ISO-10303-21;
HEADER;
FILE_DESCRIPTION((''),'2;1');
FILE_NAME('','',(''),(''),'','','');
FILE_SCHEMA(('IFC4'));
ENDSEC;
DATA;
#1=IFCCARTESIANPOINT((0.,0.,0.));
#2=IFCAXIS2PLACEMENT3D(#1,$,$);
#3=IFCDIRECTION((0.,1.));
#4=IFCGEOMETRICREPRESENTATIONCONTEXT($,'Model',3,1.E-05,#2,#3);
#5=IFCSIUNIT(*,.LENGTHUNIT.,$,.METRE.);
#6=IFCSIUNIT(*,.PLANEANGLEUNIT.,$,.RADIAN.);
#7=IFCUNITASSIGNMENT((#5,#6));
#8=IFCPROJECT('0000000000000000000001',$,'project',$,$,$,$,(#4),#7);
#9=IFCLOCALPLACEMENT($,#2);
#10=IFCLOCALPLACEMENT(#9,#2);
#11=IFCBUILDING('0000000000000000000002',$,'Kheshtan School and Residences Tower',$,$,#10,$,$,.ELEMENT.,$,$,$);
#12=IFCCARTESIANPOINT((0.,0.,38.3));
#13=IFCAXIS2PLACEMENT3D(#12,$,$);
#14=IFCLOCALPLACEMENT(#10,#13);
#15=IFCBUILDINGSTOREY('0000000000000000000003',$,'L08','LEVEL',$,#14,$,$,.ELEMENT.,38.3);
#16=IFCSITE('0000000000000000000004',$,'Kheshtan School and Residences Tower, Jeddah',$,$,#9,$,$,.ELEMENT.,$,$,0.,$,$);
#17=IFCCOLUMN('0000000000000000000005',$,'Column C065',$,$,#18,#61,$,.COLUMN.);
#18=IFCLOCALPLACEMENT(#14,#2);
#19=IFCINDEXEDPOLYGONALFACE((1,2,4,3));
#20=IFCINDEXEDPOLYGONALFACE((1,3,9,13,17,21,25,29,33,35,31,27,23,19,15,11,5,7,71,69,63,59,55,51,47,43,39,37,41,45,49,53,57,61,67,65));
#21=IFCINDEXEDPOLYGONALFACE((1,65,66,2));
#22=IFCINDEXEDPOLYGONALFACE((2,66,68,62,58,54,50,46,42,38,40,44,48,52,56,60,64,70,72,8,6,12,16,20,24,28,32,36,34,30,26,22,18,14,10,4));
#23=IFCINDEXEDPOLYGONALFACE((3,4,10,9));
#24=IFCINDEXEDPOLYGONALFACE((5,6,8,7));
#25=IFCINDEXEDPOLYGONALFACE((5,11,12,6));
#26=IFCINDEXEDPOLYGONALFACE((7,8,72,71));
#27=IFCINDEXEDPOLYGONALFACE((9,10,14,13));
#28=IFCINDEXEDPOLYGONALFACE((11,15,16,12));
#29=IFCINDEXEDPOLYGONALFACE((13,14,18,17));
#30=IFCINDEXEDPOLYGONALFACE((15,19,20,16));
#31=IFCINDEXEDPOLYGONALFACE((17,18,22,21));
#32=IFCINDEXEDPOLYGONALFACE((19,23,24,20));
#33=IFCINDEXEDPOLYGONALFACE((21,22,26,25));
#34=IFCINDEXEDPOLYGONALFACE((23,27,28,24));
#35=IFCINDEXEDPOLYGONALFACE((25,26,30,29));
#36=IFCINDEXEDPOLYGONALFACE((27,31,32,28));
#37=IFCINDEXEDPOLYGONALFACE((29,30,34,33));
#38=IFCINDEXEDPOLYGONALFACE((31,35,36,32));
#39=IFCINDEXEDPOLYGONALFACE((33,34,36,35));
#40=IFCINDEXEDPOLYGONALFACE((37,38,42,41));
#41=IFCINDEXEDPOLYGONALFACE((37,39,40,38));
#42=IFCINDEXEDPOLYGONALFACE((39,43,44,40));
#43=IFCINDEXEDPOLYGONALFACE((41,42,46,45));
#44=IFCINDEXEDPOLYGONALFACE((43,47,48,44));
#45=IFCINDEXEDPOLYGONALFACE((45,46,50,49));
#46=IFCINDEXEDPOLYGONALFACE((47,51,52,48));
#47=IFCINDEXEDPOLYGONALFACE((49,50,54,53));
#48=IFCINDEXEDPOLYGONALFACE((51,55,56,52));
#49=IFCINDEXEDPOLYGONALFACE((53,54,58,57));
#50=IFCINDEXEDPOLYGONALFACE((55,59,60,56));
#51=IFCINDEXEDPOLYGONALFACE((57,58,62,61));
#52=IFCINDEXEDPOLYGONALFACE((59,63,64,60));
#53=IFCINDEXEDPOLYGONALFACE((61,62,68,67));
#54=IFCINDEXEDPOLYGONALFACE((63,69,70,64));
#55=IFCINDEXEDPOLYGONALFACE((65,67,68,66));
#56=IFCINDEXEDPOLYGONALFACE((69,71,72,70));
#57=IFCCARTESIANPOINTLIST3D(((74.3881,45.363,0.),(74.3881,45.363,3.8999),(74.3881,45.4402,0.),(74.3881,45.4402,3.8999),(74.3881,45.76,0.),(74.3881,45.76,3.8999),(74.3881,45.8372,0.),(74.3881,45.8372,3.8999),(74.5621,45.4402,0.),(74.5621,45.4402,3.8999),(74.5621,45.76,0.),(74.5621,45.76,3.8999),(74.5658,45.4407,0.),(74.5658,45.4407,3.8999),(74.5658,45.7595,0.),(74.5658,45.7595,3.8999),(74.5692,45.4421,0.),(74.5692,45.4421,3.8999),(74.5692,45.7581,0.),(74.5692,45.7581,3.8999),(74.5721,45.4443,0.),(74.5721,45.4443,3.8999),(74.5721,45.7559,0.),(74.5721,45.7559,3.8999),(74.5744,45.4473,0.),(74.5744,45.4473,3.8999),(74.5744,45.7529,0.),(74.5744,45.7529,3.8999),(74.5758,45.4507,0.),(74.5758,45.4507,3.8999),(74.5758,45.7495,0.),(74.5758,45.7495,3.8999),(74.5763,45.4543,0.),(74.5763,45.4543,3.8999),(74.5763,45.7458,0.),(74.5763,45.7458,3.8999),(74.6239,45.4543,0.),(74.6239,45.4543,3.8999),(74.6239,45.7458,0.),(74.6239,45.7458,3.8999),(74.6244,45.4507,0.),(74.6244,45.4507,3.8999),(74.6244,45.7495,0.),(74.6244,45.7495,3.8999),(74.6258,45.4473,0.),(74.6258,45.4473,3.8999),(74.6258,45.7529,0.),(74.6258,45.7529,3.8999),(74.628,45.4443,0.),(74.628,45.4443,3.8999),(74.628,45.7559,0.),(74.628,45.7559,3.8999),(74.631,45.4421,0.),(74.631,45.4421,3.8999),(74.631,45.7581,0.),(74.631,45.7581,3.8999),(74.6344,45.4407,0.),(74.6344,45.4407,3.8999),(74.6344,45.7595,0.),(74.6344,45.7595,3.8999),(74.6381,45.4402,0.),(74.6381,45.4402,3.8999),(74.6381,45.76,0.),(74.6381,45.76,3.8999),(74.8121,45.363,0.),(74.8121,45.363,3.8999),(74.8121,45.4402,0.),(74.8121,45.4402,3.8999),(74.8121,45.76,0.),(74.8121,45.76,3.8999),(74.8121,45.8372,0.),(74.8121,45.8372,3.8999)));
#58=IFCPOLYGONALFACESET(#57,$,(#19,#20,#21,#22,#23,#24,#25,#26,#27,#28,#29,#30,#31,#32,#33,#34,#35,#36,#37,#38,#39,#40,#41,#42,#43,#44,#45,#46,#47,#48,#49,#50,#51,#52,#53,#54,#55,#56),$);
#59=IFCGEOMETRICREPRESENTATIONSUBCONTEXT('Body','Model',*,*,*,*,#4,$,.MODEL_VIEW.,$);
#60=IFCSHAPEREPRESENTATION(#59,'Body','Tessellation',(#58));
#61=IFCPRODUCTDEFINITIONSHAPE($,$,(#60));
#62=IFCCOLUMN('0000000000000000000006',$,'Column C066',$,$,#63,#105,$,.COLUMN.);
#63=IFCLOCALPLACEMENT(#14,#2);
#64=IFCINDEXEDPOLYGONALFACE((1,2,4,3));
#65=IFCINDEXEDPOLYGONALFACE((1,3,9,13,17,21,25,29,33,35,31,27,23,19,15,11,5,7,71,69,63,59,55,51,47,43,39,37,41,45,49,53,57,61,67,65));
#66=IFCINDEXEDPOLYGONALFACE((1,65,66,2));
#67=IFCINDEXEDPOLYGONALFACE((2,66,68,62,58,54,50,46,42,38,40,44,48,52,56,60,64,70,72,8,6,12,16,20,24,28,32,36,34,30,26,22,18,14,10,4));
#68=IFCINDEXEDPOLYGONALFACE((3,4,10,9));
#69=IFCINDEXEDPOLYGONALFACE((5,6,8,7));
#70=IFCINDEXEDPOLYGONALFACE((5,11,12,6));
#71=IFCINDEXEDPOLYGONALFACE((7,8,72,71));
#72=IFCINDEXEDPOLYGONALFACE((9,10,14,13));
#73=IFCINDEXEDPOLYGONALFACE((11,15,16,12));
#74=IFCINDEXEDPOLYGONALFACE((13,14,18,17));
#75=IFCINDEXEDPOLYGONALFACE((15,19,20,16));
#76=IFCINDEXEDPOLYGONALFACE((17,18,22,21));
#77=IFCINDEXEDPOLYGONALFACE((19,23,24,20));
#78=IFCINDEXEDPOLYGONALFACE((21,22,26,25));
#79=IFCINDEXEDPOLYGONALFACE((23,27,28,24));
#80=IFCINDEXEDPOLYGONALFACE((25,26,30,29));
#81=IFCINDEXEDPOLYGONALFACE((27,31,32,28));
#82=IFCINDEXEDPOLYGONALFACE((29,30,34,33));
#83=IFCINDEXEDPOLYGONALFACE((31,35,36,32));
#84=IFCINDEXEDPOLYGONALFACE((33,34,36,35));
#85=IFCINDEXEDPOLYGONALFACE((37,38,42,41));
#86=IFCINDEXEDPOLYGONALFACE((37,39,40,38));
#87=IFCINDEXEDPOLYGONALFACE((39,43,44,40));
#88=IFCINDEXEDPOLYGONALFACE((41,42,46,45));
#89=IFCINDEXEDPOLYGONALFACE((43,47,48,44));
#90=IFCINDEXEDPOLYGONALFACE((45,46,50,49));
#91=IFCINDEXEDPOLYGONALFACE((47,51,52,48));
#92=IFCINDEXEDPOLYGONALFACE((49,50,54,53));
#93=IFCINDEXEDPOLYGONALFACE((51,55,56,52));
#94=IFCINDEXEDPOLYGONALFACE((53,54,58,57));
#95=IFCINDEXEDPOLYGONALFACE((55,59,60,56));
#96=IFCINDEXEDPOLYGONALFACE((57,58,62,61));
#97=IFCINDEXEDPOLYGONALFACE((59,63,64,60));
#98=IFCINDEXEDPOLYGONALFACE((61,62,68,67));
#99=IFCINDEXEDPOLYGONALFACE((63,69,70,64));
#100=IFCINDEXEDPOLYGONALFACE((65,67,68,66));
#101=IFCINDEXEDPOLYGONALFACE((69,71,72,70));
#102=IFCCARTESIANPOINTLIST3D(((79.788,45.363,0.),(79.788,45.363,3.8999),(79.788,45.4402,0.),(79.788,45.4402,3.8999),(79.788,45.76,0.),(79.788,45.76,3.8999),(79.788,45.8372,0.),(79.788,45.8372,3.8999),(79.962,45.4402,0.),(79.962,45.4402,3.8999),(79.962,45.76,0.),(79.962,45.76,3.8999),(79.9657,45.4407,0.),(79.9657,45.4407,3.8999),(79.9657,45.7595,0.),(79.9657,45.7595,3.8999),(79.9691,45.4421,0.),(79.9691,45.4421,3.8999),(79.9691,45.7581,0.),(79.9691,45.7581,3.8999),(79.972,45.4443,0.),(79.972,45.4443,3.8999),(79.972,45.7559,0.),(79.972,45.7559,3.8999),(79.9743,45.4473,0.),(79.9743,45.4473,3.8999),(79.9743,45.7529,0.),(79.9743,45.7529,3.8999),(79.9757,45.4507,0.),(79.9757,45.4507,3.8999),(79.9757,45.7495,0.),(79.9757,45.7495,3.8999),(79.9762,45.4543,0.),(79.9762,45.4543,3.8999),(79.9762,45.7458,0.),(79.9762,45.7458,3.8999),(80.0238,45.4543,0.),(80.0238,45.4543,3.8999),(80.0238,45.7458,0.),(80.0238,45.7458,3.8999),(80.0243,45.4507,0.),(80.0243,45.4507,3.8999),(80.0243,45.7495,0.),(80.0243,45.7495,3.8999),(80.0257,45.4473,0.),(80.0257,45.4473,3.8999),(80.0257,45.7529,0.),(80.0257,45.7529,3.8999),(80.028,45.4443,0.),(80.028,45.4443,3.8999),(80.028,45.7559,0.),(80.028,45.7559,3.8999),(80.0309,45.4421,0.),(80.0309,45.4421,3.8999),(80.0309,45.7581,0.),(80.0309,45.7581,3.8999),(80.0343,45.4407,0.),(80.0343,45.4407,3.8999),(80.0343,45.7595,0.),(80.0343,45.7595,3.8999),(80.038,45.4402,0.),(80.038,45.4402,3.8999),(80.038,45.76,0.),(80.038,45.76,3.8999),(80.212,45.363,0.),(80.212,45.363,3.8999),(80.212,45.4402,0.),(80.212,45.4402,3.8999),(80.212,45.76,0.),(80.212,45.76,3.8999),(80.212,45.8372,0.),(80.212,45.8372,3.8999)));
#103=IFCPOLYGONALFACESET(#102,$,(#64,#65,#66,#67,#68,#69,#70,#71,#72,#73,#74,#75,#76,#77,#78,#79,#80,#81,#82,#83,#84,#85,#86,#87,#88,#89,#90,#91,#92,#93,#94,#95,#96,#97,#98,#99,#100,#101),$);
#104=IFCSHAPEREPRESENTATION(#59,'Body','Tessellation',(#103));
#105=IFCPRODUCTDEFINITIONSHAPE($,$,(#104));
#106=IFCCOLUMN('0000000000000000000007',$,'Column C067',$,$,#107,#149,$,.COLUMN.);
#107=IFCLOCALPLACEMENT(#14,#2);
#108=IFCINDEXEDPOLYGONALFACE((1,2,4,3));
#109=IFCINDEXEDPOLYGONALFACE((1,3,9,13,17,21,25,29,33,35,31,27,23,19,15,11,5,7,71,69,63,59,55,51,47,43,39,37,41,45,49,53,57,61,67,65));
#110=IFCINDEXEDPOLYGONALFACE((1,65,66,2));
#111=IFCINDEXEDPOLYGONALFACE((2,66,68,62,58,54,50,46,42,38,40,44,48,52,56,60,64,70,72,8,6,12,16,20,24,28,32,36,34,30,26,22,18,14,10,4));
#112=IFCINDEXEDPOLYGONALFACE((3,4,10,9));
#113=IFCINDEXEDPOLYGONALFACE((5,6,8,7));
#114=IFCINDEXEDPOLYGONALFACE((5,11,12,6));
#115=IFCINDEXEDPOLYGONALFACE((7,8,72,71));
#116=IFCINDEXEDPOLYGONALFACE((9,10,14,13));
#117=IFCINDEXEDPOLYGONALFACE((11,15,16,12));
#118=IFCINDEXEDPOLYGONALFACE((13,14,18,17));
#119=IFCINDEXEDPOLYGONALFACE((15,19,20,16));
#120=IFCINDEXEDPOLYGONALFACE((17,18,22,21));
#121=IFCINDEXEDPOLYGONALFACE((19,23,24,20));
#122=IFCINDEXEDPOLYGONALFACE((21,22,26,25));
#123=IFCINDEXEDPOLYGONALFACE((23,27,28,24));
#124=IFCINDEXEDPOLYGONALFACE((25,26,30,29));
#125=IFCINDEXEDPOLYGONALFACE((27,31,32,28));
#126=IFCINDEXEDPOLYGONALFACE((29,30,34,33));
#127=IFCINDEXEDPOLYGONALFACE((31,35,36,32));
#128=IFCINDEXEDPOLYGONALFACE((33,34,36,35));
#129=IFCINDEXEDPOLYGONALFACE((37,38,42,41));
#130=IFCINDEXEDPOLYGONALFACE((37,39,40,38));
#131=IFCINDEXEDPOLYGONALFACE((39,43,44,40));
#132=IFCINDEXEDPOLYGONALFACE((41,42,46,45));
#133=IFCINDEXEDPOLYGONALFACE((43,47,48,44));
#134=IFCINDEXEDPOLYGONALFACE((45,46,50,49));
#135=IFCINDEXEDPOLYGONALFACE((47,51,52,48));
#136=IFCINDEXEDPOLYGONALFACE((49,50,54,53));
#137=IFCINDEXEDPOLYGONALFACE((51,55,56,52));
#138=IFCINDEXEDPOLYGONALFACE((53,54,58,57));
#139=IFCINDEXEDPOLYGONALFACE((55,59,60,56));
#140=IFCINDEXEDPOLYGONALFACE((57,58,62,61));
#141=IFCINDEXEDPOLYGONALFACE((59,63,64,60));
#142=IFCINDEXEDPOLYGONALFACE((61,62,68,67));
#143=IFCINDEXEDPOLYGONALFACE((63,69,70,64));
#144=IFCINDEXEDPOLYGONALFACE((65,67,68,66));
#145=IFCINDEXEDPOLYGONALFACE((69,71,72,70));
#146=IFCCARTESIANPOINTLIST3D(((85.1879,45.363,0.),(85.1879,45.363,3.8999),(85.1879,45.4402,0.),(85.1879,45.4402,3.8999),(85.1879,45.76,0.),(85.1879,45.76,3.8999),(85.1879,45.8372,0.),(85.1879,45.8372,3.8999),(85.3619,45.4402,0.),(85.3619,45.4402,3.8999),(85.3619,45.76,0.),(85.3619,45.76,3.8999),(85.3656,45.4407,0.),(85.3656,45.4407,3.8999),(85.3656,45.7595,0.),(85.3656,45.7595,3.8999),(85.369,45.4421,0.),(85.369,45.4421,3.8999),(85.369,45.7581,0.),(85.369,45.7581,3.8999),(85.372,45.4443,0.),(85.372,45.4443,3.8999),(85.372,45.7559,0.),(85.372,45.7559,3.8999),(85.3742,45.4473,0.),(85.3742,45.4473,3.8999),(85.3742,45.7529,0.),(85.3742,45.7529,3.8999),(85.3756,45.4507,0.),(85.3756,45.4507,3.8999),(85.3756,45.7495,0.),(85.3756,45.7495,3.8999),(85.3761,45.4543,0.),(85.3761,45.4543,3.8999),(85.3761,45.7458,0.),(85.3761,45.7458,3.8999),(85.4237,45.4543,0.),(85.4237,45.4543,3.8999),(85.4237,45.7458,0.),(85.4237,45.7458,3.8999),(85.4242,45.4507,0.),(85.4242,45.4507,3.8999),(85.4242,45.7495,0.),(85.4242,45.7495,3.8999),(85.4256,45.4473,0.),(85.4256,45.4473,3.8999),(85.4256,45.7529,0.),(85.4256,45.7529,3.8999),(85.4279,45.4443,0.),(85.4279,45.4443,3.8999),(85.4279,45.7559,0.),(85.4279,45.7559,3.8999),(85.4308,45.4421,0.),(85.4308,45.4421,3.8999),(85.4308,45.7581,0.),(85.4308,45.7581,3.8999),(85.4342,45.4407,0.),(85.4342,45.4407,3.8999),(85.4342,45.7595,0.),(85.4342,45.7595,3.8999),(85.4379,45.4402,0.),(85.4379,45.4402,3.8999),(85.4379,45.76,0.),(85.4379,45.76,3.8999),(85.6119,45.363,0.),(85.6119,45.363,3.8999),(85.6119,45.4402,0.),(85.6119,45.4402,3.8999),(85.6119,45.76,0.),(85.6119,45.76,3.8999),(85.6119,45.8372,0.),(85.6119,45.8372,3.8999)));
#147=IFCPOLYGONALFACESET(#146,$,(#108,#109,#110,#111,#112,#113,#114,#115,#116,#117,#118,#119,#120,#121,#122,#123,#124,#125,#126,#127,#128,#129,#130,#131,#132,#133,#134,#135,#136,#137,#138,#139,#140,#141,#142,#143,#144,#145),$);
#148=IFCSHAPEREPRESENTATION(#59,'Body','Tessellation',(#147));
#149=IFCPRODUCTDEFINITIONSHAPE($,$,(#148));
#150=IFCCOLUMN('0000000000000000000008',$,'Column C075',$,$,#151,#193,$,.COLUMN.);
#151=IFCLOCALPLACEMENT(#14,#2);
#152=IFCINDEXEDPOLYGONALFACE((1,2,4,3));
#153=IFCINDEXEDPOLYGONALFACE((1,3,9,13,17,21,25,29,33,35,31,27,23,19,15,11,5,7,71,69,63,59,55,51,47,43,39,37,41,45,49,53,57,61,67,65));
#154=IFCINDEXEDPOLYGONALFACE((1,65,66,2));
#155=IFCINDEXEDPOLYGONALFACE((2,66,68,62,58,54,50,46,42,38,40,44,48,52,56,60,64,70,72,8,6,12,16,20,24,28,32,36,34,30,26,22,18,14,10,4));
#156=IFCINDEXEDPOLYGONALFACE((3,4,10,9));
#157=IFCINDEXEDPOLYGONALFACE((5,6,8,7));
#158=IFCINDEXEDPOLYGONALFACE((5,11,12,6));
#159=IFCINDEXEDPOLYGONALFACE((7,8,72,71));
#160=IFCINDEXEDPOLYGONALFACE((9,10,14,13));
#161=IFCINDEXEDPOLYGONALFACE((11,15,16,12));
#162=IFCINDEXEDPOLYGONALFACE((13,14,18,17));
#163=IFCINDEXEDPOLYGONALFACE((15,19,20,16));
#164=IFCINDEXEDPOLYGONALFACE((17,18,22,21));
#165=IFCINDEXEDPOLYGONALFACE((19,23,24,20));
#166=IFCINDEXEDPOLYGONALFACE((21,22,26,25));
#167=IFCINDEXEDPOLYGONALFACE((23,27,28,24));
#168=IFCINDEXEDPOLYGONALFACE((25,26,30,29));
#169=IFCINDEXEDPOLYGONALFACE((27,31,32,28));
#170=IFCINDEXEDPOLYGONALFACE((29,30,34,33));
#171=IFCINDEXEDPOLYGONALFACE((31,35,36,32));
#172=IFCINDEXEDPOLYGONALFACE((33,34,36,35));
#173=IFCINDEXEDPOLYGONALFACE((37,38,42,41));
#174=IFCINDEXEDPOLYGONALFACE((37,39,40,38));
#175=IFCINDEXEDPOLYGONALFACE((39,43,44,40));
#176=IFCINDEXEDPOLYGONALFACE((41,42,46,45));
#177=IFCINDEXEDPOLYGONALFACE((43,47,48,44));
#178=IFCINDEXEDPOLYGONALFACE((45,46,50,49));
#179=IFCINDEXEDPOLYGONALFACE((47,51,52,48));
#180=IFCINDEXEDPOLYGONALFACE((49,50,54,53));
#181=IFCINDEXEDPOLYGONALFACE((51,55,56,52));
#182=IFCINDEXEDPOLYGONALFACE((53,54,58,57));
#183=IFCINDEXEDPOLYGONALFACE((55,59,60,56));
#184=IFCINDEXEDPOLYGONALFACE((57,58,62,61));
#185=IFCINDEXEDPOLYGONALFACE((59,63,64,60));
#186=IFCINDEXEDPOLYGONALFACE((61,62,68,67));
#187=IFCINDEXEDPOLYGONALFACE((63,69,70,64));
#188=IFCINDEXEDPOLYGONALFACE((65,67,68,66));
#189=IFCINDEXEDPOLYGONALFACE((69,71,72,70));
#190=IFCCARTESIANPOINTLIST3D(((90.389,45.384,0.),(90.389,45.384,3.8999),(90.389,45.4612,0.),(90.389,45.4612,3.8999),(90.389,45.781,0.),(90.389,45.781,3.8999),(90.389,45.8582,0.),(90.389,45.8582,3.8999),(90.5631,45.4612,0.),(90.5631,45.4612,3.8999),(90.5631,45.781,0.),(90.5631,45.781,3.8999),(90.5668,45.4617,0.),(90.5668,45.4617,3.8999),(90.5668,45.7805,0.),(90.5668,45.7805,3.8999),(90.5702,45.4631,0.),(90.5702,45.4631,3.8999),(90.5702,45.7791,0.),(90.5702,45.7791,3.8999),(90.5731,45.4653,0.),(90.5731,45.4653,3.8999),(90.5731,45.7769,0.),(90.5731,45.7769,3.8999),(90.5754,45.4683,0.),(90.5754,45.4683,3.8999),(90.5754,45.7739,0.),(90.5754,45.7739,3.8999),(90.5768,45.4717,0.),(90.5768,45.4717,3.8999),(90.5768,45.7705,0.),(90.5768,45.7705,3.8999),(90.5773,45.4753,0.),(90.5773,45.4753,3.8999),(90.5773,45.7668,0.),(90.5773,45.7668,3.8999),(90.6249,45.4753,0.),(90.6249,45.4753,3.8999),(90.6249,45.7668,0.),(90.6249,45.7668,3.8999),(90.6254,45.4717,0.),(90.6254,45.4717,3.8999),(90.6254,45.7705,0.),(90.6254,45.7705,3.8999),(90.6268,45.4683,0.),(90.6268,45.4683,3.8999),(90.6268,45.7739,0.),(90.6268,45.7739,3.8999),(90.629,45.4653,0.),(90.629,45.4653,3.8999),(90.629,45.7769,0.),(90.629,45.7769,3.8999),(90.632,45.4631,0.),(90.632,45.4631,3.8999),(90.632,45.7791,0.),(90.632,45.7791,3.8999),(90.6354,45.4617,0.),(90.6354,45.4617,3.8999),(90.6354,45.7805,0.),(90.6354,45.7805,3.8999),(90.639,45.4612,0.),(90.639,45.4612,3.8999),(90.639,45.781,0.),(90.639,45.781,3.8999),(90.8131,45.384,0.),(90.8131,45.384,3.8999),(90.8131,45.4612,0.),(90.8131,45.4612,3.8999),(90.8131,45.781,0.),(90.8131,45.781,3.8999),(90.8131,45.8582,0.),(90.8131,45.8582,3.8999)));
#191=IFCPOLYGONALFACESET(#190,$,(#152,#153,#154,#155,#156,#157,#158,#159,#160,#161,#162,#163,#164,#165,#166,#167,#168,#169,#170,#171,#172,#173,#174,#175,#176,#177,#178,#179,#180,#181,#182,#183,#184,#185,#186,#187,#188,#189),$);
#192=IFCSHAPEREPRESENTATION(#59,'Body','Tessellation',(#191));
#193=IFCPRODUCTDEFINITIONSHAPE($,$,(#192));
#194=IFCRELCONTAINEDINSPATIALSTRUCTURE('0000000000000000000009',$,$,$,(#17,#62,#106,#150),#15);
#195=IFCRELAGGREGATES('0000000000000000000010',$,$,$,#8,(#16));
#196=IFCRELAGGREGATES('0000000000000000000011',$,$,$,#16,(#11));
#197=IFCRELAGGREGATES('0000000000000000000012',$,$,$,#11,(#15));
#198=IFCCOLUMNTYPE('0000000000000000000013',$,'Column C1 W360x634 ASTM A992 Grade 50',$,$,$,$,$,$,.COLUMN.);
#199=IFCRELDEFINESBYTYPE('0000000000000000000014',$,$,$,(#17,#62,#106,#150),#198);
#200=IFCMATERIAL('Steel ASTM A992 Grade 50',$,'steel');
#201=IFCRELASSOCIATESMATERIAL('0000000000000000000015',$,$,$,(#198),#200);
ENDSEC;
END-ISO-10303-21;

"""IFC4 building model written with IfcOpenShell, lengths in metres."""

from ifc_helpers import new_model, si_unit, direction, frame, origin, origin_2d, place, context, subcontext, project, spatial, i_section, extrude, material, material_profile, profile_set, type_object, element, save


model = new_model("IFC4")

# Units and contexts
model_context = context("Model", 3, precision=1e-05, world=origin(), true_north=direction((0.0, 1.0)))
body_context = subcontext(model_context, "Body", "Model", "MODEL_VIEW")
ifc_project = project(units=[si_unit("LENGTHUNIT", "METRE"), si_unit("PLANEANGLEUNIT", "RADIAN")], contexts=[model_context])

# Site, building, storey
site_placement = place(None, origin())
site = spatial("IfcSite", under=ifc_project, at=site_placement, Name="Kheshtan School and Residences Tower, Jeddah", CompositionType="ELEMENT", RefElevation=0.0)
building_placement = place(site_placement, origin())
building = spatial("IfcBuilding", under=site, at=building_placement, Name="Kheshtan School and Residences Tower", CompositionType="ELEMENT")
storey_placement = place(building_placement, frame((0.0, 0.0, 38.3)))
storey = spatial("IfcBuildingStorey", under=building, at=storey_placement, Name="L08", Description="LEVEL", CompositionType="ELEMENT", Elevation=38.3)

# Columns
ifc_material_1 = material(Name="Steel ASTM A992 Grade 50", Category="steel")
ifc_material_profile_1 = material_profile(ifc_material_1, i_section(OverallWidth=0.4241, OverallDepth=0.4741, WebThickness=0.0476, FlangeThickness=0.0771, FilletRadius=0.0142, at=origin_2d()), Name="W360x634")
ifc_profile_set_1 = profile_set([ifc_material_profile_1], Name="Steel ASTM A992 Grade 50")
column_type = type_object("IfcColumnType", Name="Column C1 W360x634 ASTM A992 Grade 50", PredefinedType="COLUMN", material=ifc_profile_set_1)
for number, where, z_axis, x_axis, name in (
    (1, (74.6001, 45.6001, 0.0), (0.0, 0.0, 1.0), (1.0, 0.0, 0.0), "Column C065"),
    (2, (80.0, 45.6001, 0.0), (0.0, 0.0, 1.0), (1.0, 0.0, 0.0), "Column C066"),
    (3, (85.3999, 45.6001, 0.0), (0.0, 0.0, 1.0), (1.0, 0.0, 0.0), "Column C067"),
    (4, (90.6011, 45.6211, 0.0), (0.0, 0.0, 1.0), (1.0, 0.0, 0.0), "Column C075"),
):
    element("IfcColumn", number, at=place(storey_placement, frame(where, z_axis=z_axis, x_axis=x_axis)), inside=storey, type_object=column_type, Name=name, PredefinedType="COLUMN", context=body_context, shape_type="SweptSolid", body=[
        extrude(i_section(OverallWidth=0.4241, OverallDepth=0.4741, WebThickness=0.0476, FlangeThickness=0.0771, FilletRadius=0.0142, at=origin_2d()), origin(), (0.0, 0.0, 1.0), 3.8999),
    ])

save(model, "model.ifc")
